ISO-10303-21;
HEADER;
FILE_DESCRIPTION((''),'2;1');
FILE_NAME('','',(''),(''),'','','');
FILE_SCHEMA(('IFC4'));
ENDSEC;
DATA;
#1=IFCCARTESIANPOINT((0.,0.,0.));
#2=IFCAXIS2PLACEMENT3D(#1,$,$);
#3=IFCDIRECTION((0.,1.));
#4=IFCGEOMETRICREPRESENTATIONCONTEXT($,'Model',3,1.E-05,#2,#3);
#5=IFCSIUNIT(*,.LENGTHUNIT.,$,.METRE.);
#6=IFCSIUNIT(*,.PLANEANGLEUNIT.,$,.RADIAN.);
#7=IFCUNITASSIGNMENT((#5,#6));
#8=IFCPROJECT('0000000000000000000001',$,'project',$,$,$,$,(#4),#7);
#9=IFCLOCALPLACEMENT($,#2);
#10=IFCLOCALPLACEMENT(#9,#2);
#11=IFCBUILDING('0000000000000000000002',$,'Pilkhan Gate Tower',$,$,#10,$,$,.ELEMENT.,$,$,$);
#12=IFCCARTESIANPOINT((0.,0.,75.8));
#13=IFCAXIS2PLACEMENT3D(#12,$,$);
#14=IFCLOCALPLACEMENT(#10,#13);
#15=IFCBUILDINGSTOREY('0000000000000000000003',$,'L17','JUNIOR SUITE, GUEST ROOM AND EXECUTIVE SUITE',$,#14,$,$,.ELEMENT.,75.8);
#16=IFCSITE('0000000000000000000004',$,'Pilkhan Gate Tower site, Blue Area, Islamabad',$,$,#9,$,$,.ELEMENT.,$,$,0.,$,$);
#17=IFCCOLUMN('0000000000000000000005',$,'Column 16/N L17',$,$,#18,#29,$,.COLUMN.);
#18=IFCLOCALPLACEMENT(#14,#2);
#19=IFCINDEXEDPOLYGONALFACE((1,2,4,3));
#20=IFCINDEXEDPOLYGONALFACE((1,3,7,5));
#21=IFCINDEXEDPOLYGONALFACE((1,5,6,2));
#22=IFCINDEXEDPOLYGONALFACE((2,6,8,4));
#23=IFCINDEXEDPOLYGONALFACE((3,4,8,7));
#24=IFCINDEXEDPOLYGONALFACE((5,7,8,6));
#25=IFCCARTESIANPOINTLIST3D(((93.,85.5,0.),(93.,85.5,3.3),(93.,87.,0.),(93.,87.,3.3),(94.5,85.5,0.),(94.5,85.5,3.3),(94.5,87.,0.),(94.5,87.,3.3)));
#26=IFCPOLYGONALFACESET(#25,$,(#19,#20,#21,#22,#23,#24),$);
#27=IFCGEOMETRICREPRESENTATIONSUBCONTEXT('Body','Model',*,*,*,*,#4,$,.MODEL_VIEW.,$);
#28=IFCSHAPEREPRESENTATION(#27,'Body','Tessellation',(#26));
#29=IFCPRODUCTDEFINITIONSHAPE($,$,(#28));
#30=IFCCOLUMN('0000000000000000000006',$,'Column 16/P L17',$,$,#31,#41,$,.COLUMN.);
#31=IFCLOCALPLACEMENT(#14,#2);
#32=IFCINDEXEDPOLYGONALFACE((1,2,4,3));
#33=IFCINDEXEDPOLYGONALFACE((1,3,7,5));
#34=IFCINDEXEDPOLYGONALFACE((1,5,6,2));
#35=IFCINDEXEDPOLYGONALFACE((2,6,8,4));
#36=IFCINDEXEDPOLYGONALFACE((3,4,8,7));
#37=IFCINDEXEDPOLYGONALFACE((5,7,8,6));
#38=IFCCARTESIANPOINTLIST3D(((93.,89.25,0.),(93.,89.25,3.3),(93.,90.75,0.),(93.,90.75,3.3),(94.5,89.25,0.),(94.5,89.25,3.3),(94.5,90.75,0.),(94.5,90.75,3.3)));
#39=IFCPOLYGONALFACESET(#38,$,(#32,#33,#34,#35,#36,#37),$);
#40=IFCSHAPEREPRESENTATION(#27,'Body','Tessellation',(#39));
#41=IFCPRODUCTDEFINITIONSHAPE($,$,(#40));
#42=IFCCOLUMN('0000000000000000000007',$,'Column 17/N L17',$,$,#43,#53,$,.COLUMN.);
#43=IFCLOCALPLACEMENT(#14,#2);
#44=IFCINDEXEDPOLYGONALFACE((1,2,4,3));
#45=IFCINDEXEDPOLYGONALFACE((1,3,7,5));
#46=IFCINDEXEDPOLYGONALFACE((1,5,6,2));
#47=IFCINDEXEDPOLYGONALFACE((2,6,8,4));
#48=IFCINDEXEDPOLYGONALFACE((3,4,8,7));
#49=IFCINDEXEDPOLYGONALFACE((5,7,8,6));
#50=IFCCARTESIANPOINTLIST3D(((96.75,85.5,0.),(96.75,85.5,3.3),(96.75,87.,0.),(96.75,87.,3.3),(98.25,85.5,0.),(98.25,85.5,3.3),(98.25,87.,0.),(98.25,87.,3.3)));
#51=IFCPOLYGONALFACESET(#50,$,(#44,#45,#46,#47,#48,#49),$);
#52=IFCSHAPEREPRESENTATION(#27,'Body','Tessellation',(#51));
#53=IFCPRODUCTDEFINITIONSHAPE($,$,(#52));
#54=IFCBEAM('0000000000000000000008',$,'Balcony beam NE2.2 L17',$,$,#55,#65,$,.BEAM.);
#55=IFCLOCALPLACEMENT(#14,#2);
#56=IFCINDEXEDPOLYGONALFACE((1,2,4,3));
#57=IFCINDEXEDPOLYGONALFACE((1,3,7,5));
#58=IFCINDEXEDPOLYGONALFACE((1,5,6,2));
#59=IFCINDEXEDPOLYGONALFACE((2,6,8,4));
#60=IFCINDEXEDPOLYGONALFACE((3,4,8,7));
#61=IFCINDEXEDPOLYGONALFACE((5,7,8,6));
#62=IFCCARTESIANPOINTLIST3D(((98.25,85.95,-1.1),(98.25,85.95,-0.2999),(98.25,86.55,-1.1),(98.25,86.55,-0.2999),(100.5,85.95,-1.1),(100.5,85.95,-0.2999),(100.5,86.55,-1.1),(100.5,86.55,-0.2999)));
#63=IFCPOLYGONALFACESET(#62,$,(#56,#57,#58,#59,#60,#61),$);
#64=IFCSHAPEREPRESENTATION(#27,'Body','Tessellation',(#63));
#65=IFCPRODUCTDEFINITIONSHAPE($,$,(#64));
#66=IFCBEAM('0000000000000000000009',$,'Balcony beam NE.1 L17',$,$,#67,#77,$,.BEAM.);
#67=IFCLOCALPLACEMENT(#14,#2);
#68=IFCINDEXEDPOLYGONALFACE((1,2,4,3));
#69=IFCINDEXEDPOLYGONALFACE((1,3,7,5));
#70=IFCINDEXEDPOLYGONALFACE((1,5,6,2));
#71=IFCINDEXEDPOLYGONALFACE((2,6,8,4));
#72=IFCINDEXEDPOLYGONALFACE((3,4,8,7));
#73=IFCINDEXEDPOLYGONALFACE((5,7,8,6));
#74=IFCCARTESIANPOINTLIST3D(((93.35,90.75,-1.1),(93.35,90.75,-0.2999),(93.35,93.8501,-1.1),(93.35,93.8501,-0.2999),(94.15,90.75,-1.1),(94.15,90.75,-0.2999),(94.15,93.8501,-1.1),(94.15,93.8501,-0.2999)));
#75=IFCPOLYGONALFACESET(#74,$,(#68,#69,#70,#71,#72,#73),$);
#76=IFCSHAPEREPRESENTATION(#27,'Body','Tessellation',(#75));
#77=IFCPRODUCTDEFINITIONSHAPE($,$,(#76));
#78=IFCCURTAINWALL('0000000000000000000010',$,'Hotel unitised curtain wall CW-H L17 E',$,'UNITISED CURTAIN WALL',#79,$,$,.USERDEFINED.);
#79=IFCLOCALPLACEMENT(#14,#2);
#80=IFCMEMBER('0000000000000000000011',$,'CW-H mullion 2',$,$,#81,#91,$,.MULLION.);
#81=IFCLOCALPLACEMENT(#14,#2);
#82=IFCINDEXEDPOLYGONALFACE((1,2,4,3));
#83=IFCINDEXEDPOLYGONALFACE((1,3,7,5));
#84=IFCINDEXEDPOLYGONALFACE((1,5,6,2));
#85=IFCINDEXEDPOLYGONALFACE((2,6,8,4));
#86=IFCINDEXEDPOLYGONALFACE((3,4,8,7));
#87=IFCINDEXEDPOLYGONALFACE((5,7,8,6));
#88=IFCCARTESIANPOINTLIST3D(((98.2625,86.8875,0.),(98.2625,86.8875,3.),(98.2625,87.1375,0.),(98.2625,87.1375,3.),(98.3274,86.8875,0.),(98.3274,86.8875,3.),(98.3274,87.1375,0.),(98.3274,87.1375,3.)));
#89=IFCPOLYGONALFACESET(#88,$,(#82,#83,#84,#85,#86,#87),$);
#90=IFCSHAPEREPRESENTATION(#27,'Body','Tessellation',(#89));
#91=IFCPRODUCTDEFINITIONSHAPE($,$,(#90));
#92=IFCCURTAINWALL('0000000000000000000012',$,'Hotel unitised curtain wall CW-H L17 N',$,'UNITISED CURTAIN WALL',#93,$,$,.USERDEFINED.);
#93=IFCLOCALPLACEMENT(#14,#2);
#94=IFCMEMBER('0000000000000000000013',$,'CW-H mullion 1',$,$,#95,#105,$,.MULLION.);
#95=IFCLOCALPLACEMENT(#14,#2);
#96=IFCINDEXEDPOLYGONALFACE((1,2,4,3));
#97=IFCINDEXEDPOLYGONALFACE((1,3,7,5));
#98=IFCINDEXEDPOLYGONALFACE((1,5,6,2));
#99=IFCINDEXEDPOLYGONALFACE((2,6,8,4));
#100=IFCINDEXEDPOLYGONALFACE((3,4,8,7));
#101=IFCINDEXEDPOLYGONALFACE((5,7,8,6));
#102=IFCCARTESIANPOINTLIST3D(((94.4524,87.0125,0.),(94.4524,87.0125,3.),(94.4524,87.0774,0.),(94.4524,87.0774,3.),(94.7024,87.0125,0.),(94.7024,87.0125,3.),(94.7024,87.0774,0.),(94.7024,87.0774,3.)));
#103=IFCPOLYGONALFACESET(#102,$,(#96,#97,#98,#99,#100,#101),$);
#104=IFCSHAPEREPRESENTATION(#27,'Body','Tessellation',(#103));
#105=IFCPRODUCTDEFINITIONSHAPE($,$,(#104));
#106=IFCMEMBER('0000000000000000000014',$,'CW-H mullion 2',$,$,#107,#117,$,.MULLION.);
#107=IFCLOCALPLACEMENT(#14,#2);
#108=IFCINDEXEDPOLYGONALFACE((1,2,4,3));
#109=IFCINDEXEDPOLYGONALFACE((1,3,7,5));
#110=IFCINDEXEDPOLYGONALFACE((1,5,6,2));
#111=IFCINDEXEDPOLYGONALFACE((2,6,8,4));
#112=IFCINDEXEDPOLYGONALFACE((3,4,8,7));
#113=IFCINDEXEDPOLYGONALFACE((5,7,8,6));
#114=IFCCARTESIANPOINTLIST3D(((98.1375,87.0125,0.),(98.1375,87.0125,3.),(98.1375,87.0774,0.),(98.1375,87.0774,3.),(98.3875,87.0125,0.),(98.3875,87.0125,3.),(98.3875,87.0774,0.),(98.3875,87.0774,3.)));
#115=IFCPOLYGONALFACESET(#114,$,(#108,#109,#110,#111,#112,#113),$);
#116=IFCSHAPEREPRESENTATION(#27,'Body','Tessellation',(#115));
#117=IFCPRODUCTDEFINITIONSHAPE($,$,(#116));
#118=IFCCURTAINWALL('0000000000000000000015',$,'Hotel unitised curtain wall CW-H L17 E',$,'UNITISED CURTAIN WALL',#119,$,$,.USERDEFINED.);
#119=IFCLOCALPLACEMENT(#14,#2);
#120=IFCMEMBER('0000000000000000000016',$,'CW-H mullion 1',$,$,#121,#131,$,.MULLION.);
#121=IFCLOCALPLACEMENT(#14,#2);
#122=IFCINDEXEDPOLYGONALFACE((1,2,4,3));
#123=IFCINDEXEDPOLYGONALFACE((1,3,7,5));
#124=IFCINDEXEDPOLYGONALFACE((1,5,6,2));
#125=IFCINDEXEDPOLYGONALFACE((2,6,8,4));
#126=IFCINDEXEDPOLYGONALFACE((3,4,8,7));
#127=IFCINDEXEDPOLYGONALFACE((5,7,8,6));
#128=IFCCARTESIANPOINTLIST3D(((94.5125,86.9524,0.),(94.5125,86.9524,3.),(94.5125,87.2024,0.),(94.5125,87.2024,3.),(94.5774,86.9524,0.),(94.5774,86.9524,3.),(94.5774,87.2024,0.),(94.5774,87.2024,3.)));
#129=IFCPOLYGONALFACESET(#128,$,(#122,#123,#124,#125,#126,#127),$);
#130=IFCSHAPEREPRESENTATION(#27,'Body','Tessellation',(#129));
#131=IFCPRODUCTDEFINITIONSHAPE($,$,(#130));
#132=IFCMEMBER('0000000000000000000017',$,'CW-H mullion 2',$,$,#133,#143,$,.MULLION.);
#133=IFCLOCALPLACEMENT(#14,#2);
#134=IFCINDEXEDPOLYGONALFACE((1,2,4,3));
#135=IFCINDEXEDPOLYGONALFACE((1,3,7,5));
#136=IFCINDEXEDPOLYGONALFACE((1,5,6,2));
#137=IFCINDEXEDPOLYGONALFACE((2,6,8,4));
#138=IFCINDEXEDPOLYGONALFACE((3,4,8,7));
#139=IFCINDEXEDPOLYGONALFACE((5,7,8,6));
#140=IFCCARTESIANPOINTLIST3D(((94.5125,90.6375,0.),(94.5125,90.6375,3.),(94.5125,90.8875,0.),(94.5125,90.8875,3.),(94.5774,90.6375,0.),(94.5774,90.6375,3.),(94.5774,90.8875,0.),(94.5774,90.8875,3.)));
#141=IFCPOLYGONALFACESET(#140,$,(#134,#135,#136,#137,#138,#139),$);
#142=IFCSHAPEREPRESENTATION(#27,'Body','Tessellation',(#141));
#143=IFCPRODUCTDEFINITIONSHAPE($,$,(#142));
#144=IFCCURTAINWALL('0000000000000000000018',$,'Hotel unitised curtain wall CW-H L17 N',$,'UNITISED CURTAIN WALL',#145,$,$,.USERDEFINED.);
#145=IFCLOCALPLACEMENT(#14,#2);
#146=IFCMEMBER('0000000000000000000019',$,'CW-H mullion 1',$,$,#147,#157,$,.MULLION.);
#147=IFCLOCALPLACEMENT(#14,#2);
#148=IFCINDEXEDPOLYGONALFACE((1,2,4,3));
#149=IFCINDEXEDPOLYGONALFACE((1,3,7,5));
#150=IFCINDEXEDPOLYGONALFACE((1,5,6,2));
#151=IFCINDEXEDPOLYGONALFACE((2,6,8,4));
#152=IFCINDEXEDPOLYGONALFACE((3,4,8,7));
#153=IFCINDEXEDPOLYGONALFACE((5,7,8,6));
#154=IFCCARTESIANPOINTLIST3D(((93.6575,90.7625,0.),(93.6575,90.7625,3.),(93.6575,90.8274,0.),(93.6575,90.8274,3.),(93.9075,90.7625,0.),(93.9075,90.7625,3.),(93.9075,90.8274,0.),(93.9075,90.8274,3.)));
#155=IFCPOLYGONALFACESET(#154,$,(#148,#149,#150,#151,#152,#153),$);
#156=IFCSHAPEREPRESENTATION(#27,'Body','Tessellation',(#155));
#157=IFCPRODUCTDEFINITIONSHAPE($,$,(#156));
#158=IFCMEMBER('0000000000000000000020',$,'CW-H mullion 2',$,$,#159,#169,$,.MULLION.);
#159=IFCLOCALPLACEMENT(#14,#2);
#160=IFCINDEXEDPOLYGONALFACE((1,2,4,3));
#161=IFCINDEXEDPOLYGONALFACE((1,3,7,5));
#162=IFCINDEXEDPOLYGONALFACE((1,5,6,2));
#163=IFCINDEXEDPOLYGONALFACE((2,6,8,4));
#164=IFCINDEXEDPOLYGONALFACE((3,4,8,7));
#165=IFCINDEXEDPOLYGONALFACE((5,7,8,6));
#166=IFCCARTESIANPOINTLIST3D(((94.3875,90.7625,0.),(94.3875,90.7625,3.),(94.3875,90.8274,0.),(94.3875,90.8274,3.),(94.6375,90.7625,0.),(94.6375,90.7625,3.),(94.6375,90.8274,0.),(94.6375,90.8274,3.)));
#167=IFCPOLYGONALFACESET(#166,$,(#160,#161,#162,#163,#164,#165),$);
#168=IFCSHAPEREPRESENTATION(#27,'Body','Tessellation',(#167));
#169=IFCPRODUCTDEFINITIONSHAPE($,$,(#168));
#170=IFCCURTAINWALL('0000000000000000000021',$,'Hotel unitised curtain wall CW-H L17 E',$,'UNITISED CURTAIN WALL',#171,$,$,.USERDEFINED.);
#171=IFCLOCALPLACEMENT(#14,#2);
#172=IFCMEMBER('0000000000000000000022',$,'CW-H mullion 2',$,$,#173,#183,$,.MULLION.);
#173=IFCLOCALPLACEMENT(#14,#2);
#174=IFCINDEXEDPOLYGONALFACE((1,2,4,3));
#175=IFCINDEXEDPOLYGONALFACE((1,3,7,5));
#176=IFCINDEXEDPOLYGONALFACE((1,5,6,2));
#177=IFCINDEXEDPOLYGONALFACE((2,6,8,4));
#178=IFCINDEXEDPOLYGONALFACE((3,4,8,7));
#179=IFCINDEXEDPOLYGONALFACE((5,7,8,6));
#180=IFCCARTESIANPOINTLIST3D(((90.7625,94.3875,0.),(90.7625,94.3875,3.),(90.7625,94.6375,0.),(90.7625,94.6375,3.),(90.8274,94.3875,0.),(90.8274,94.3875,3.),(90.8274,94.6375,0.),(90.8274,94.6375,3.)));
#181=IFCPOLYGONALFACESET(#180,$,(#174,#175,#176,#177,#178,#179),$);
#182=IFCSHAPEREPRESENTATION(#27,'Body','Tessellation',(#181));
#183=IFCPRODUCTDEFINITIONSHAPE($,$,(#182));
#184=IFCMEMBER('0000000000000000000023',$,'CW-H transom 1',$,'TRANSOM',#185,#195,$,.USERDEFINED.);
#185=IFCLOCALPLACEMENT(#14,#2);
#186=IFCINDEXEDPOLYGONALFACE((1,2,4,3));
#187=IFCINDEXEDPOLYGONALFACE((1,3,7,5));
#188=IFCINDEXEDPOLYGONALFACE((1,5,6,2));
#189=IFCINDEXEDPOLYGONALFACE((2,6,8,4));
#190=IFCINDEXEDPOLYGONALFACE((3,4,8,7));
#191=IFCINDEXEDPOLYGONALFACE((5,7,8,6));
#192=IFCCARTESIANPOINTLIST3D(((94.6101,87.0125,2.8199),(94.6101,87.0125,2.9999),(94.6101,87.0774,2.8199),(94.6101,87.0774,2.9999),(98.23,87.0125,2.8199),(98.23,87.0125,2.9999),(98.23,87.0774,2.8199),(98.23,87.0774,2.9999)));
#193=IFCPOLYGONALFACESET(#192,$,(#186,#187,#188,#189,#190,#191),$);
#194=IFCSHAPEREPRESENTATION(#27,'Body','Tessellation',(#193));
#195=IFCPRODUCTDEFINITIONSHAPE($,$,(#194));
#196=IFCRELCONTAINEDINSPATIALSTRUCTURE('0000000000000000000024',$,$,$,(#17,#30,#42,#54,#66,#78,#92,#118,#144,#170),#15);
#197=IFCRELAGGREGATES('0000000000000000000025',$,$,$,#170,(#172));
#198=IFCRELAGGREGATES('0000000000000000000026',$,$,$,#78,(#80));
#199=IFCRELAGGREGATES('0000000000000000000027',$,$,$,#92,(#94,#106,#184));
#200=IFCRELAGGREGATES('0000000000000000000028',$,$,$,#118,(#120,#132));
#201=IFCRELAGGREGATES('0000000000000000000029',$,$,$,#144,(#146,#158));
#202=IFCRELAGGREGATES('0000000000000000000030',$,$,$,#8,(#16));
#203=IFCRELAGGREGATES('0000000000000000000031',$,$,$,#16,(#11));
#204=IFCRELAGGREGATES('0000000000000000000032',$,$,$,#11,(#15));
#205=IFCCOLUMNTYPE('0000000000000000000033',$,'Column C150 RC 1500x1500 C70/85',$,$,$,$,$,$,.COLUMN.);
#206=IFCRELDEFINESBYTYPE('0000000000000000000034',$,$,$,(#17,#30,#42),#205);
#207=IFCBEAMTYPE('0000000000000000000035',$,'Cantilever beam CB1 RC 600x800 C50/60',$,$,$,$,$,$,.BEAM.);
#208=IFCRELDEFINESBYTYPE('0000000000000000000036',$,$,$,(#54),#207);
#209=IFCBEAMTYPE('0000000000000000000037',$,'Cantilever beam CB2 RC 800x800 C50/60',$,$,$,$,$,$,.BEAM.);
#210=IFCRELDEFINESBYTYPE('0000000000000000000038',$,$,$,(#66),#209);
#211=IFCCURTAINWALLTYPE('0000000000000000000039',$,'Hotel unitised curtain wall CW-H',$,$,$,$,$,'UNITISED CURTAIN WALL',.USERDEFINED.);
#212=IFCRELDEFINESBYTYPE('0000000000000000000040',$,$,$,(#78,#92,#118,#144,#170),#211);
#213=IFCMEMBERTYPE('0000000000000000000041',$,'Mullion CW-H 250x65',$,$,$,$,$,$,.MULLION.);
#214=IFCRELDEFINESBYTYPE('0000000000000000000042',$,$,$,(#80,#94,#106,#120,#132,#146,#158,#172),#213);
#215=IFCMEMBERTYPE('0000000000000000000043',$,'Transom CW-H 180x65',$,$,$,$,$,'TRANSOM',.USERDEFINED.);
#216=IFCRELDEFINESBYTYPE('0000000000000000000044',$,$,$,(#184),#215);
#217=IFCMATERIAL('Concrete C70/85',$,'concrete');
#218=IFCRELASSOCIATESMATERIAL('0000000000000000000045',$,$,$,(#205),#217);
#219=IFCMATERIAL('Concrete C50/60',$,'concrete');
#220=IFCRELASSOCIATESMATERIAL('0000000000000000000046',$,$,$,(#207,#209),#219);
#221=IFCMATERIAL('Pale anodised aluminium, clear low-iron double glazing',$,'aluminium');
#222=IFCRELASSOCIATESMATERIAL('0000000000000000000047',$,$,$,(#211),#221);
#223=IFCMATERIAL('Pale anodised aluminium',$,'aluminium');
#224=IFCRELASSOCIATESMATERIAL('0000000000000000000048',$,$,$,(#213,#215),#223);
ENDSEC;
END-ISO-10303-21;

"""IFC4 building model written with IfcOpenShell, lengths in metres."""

from ifc_helpers import new_model, si_unit, direction, frame, origin, origin_2d, place, context, subcontext, project, spatial, rectangle, extrude, material, material_profile, profile_set, type_object, element, aggregate, save


model = new_model("IFC4")

# Units and contexts
model_context = context("Model", 3, precision=1e-05, world=origin(), true_north=direction((0.0, 1.0)))
body_context = subcontext(model_context, "Body", "Model", "MODEL_VIEW")
ifc_project = project(units=[si_unit("LENGTHUNIT", "METRE"), si_unit("PLANEANGLEUNIT", "RADIAN")], contexts=[model_context])

# Site, building, storey
site_placement = place(None, origin())
site = spatial("IfcSite", under=ifc_project, at=site_placement, Name="Pilkhan Gate Tower site, Blue Area, Islamabad", CompositionType="ELEMENT", RefElevation=0.0)
building_placement = place(site_placement, origin())
building = spatial("IfcBuilding", under=site, at=building_placement, Name="Pilkhan Gate Tower", CompositionType="ELEMENT")
storey_placement = place(building_placement, frame((0.0, 0.0, 75.8)))
storey = spatial("IfcBuildingStorey", under=building, at=storey_placement, Name="L17", Description="JUNIOR SUITE, GUEST ROOM AND EXECUTIVE SUITE", CompositionType="ELEMENT", Elevation=75.8)

# Columns
ifc_material_1 = material(Name="Concrete C70/85", Category="concrete")
ifc_material_profile_1 = material_profile(ifc_material_1, rectangle(XDim=1.5, YDim=1.5, at=origin_2d()), Name="RC 1500x1500")
ifc_profile_set_1 = profile_set([ifc_material_profile_1], Name="Concrete C70/85")
column_type = type_object("IfcColumnType", Name="Column C150 RC 1500x1500 C70/85", PredefinedType="COLUMN", material=ifc_profile_set_1)
for number, where, z_axis, x_axis, name in (
    (1, (93.75, 86.25, 0.0), (0.0, 0.0, 1.0), (1.0, 0.0, 0.0), "Column 16/N L17"),
    (2, (93.75, 90.0, 0.0), (0.0, 0.0, 1.0), (1.0, 0.0, 0.0), "Column 16/P L17"),
    (3, (97.5, 86.25, 0.0), (0.0, 0.0, 1.0), (1.0, 0.0, 0.0), "Column 17/N L17"),
):
    element("IfcColumn", number, at=place(storey_placement, frame(where, z_axis=z_axis, x_axis=x_axis)), inside=storey, type_object=column_type, Name=name, PredefinedType="COLUMN", context=body_context, shape_type="SweptSolid", body=[
        extrude(rectangle(XDim=1.5, YDim=1.5, at=origin_2d()), origin(), (0.0, 0.0, 1.0), 3.3),
    ])

# Beams
ifc_material_2 = material(Name="Concrete C50/60", Category="concrete")
ifc_material_profile_2 = material_profile(ifc_material_2, rectangle(XDim=0.6001, YDim=0.8, at=origin_2d()), Name="RC 600x800")
ifc_profile_set_2 = profile_set([ifc_material_profile_2], Name="Concrete C50/60")
beam_type_1 = type_object("IfcBeamType", Name="Cantilever beam CB1 RC 600x800 C50/60", PredefinedType="BEAM", material=ifc_profile_set_2)
beam_1_placement = place(storey_placement, frame((98.25, 86.25, -0.7), z_axis=(1.0, 0.0, 0.0), x_axis=(0.0, 1.0, 0.0)))
element("IfcBeam", 4, at=beam_1_placement, inside=storey, type_object=beam_type_1, Name="Balcony beam NE2.2 L17", PredefinedType="BEAM", context=body_context, shape_type="SweptSolid", body=[
    extrude(rectangle(XDim=0.6001, YDim=0.8, at=origin_2d()), origin(), (0.0, 0.0, 1.0), 2.25),
])
ifc_material_profile_3 = material_profile(ifc_material_2, rectangle(XDim=0.8, YDim=0.8, at=origin_2d()), Name="RC 800x800")
ifc_profile_set_3 = profile_set([ifc_material_profile_3], Name="Concrete C50/60")
beam_type_2 = type_object("IfcBeamType", Name="Cantilever beam CB2 RC 800x800 C50/60", PredefinedType="BEAM", material=ifc_profile_set_3)
beam_2_placement = place(storey_placement, frame((93.75, 90.75, -0.7), z_axis=(0.0, 1.0, 0.0), x_axis=(-1.0, 0.0, 0.0)))
element("IfcBeam", 5, at=beam_2_placement, inside=storey, type_object=beam_type_2, Name="Balcony beam NE.1 L17", PredefinedType="BEAM", context=body_context, shape_type="SweptSolid", body=[
    extrude(rectangle(XDim=0.8, YDim=0.8, at=origin_2d()), origin(), (0.0, 0.0, 1.0), 3.1001),
])

# Curtain wall, member
ifc_material_3 = material(Name="Pale anodised aluminium, clear low-iron double glazing", Category="aluminium")
curtain_wall_type = type_object("IfcCurtainWallType", Name="Hotel unitised curtain wall CW-H", ElementType="UNITISED CURTAIN WALL", PredefinedType="USERDEFINED", material=ifc_material_3)
curtain_wall_1_placement = place(storey_placement, origin())
curtain_wall_1 = element("IfcCurtainWall", 6, at=curtain_wall_1_placement, inside=storey, type_object=curtain_wall_type, Name="Hotel unitised curtain wall CW-H L17 E", ObjectType="UNITISED CURTAIN WALL", PredefinedType="USERDEFINED")
ifc_material_4 = material(Name="Pale anodised aluminium", Category="aluminium")
ifc_material_profile_4 = material_profile(ifc_material_4, rectangle(XDim=0.0649, YDim=0.25, at=origin_2d()), Name="Mullion 250x65")
ifc_profile_set_4 = profile_set([ifc_material_profile_4], Name="Pale anodised aluminium")
member_type_1 = type_object("IfcMemberType", Name="Mullion CW-H 250x65", PredefinedType="MULLION", material=ifc_profile_set_4)
member_1_placement = place(storey_placement, frame((98.2949, 87.0125, 0.0), z_axis=(0.0, 0.0, 1.0), x_axis=(-1.0, 0.0, 0.0)))
member_1 = element("IfcMember", 7, at=member_1_placement, type_object=member_type_1, Name="CW-H mullion 2", PredefinedType="MULLION", context=body_context, shape_type="SweptSolid", body=[
    extrude(rectangle(XDim=0.0649, YDim=0.25, at=origin_2d()), origin(), (0.0, 0.0, 1.0), 3.0),
])

# Curtain walls, members
curtain_wall_2_placement = place(storey_placement, origin())
curtain_wall_2 = element("IfcCurtainWall", 8, at=curtain_wall_2_placement, inside=storey, type_object=curtain_wall_type, Name="Hotel unitised curtain wall CW-H L17 N", ObjectType="UNITISED CURTAIN WALL", PredefinedType="USERDEFINED")
member_2_placement = place(storey_placement, frame((94.5774, 87.0449, 0.0), z_axis=(0.0, 0.0, 1.0), x_axis=(0.0, 1.0, 0.0)))
member_2 = element("IfcMember", 9, at=member_2_placement, type_object=member_type_1, Name="CW-H mullion 1", PredefinedType="MULLION", context=body_context, shape_type="SweptSolid", body=[
    extrude(rectangle(XDim=0.0649, YDim=0.25, at=origin_2d()), origin(), (0.0, 0.0, 1.0), 3.0),
])
member_3_placement = place(storey_placement, frame((98.2625, 87.0449, 0.0), z_axis=(0.0, 0.0, 1.0), x_axis=(0.0, 1.0, 0.0)))
member_3 = element("IfcMember", 10, at=member_3_placement, type_object=member_type_1, Name="CW-H mullion 2", PredefinedType="MULLION", context=body_context, shape_type="SweptSolid", body=[
    extrude(rectangle(XDim=0.0649, YDim=0.25, at=origin_2d()), origin(), (0.0, 0.0, 1.0), 3.0),
])
curtain_wall_3_placement = place(storey_placement, origin())
curtain_wall_3 = element("IfcCurtainWall", 11, at=curtain_wall_3_placement, inside=storey, type_object=curtain_wall_type, Name="Hotel unitised curtain wall CW-H L17 E", ObjectType="UNITISED CURTAIN WALL", PredefinedType="USERDEFINED")
member_4_placement = place(storey_placement, frame((94.5449, 87.0774, 0.0), z_axis=(0.0, 0.0, 1.0), x_axis=(-1.0, 0.0, 0.0)))
member_4 = element("IfcMember", 12, at=member_4_placement, type_object=member_type_1, Name="CW-H mullion 1", PredefinedType="MULLION", context=body_context, shape_type="SweptSolid", body=[
    extrude(rectangle(XDim=0.0649, YDim=0.25, at=origin_2d()), origin(), (0.0, 0.0, 1.0), 3.0),
])
member_5_placement = place(storey_placement, frame((94.5449, 90.7625, 0.0), z_axis=(0.0, 0.0, 1.0), x_axis=(-1.0, 0.0, 0.0)))
member_5 = element("IfcMember", 13, at=member_5_placement, type_object=member_type_1, Name="CW-H mullion 2", PredefinedType="MULLION", context=body_context, shape_type="SweptSolid", body=[
    extrude(rectangle(XDim=0.0649, YDim=0.25, at=origin_2d()), origin(), (0.0, 0.0, 1.0), 3.0),
])
curtain_wall_4_placement = place(storey_placement, origin())
curtain_wall_4 = element("IfcCurtainWall", 14, at=curtain_wall_4_placement, inside=storey, type_object=curtain_wall_type, Name="Hotel unitised curtain wall CW-H L17 N", ObjectType="UNITISED CURTAIN WALL", PredefinedType="USERDEFINED")
member_6_placement = place(storey_placement, frame((93.7825, 90.7949, 0.0), z_axis=(0.0, 0.0, 1.0), x_axis=(0.0, 1.0, 0.0)))
member_6 = element("IfcMember", 15, at=member_6_placement, type_object=member_type_1, Name="CW-H mullion 1", PredefinedType="MULLION", context=body_context, shape_type="SweptSolid", body=[
    extrude(rectangle(XDim=0.0649, YDim=0.25, at=origin_2d()), origin(), (0.0, 0.0, 1.0), 3.0),
])
member_7_placement = place(storey_placement, frame((94.5125, 90.7949, 0.0), z_axis=(0.0, 0.0, 1.0), x_axis=(0.0, 1.0, 0.0)))
member_7 = element("IfcMember", 16, at=member_7_placement, type_object=member_type_1, Name="CW-H mullion 2", PredefinedType="MULLION", context=body_context, shape_type="SweptSolid", body=[
    extrude(rectangle(XDim=0.0649, YDim=0.25, at=origin_2d()), origin(), (0.0, 0.0, 1.0), 3.0),
])

# Curtain wall, member
curtain_wall_5_placement = place(storey_placement, origin())
curtain_wall_5 = element("IfcCurtainWall", 17, at=curtain_wall_5_placement, inside=storey, type_object=curtain_wall_type, Name="Hotel unitised curtain wall CW-H L17 E", ObjectType="UNITISED CURTAIN WALL", PredefinedType="USERDEFINED")
member_8_placement = place(storey_placement, frame((90.7949, 94.5125, 0.0), z_axis=(0.0, 0.0, 1.0), x_axis=(-1.0, 0.0, 0.0)))
member_8 = element("IfcMember", 18, at=member_8_placement, type_object=member_type_1, Name="CW-H mullion 2", PredefinedType="MULLION", context=body_context, shape_type="SweptSolid", body=[
    extrude(rectangle(XDim=0.0649, YDim=0.25, at=origin_2d()), origin(), (0.0, 0.0, 1.0), 3.0),
])
aggregate(curtain_wall_5, [member_8])

# Member
ifc_material_profile_5 = material_profile(ifc_material_4, rectangle(XDim=0.0649, YDim=0.1799, at=origin_2d()), Name="Transom 180x65")
ifc_profile_set_5 = profile_set([ifc_material_profile_5], Name="Pale anodised aluminium")
member_type_2 = type_object("IfcMemberType", Name="Transom CW-H 180x65", ElementType="TRANSOM", PredefinedType="USERDEFINED", material=ifc_profile_set_5)
member_9_placement = place(storey_placement, frame((94.6101, 87.0449, 2.9099), z_axis=(1.0, 0.0, 0.0), x_axis=(0.0, 1.0, 0.0)))
member_9 = element("IfcMember", 19, at=member_9_placement, type_object=member_type_2, Name="CW-H transom 1", ObjectType="TRANSOM", PredefinedType="USERDEFINED", context=body_context, shape_type="SweptSolid", body=[
    extrude(rectangle(XDim=0.0649, YDim=0.1799, at=origin_2d()), origin(), (0.0, 0.0, 1.0), 3.6199),
])

aggregate(curtain_wall_1, [member_1])
aggregate(curtain_wall_2, [member_2, member_3, member_9])
aggregate(curtain_wall_3, [member_4, member_5])
aggregate(curtain_wall_4, [member_6, member_7])

save(model, "model.ifc")
